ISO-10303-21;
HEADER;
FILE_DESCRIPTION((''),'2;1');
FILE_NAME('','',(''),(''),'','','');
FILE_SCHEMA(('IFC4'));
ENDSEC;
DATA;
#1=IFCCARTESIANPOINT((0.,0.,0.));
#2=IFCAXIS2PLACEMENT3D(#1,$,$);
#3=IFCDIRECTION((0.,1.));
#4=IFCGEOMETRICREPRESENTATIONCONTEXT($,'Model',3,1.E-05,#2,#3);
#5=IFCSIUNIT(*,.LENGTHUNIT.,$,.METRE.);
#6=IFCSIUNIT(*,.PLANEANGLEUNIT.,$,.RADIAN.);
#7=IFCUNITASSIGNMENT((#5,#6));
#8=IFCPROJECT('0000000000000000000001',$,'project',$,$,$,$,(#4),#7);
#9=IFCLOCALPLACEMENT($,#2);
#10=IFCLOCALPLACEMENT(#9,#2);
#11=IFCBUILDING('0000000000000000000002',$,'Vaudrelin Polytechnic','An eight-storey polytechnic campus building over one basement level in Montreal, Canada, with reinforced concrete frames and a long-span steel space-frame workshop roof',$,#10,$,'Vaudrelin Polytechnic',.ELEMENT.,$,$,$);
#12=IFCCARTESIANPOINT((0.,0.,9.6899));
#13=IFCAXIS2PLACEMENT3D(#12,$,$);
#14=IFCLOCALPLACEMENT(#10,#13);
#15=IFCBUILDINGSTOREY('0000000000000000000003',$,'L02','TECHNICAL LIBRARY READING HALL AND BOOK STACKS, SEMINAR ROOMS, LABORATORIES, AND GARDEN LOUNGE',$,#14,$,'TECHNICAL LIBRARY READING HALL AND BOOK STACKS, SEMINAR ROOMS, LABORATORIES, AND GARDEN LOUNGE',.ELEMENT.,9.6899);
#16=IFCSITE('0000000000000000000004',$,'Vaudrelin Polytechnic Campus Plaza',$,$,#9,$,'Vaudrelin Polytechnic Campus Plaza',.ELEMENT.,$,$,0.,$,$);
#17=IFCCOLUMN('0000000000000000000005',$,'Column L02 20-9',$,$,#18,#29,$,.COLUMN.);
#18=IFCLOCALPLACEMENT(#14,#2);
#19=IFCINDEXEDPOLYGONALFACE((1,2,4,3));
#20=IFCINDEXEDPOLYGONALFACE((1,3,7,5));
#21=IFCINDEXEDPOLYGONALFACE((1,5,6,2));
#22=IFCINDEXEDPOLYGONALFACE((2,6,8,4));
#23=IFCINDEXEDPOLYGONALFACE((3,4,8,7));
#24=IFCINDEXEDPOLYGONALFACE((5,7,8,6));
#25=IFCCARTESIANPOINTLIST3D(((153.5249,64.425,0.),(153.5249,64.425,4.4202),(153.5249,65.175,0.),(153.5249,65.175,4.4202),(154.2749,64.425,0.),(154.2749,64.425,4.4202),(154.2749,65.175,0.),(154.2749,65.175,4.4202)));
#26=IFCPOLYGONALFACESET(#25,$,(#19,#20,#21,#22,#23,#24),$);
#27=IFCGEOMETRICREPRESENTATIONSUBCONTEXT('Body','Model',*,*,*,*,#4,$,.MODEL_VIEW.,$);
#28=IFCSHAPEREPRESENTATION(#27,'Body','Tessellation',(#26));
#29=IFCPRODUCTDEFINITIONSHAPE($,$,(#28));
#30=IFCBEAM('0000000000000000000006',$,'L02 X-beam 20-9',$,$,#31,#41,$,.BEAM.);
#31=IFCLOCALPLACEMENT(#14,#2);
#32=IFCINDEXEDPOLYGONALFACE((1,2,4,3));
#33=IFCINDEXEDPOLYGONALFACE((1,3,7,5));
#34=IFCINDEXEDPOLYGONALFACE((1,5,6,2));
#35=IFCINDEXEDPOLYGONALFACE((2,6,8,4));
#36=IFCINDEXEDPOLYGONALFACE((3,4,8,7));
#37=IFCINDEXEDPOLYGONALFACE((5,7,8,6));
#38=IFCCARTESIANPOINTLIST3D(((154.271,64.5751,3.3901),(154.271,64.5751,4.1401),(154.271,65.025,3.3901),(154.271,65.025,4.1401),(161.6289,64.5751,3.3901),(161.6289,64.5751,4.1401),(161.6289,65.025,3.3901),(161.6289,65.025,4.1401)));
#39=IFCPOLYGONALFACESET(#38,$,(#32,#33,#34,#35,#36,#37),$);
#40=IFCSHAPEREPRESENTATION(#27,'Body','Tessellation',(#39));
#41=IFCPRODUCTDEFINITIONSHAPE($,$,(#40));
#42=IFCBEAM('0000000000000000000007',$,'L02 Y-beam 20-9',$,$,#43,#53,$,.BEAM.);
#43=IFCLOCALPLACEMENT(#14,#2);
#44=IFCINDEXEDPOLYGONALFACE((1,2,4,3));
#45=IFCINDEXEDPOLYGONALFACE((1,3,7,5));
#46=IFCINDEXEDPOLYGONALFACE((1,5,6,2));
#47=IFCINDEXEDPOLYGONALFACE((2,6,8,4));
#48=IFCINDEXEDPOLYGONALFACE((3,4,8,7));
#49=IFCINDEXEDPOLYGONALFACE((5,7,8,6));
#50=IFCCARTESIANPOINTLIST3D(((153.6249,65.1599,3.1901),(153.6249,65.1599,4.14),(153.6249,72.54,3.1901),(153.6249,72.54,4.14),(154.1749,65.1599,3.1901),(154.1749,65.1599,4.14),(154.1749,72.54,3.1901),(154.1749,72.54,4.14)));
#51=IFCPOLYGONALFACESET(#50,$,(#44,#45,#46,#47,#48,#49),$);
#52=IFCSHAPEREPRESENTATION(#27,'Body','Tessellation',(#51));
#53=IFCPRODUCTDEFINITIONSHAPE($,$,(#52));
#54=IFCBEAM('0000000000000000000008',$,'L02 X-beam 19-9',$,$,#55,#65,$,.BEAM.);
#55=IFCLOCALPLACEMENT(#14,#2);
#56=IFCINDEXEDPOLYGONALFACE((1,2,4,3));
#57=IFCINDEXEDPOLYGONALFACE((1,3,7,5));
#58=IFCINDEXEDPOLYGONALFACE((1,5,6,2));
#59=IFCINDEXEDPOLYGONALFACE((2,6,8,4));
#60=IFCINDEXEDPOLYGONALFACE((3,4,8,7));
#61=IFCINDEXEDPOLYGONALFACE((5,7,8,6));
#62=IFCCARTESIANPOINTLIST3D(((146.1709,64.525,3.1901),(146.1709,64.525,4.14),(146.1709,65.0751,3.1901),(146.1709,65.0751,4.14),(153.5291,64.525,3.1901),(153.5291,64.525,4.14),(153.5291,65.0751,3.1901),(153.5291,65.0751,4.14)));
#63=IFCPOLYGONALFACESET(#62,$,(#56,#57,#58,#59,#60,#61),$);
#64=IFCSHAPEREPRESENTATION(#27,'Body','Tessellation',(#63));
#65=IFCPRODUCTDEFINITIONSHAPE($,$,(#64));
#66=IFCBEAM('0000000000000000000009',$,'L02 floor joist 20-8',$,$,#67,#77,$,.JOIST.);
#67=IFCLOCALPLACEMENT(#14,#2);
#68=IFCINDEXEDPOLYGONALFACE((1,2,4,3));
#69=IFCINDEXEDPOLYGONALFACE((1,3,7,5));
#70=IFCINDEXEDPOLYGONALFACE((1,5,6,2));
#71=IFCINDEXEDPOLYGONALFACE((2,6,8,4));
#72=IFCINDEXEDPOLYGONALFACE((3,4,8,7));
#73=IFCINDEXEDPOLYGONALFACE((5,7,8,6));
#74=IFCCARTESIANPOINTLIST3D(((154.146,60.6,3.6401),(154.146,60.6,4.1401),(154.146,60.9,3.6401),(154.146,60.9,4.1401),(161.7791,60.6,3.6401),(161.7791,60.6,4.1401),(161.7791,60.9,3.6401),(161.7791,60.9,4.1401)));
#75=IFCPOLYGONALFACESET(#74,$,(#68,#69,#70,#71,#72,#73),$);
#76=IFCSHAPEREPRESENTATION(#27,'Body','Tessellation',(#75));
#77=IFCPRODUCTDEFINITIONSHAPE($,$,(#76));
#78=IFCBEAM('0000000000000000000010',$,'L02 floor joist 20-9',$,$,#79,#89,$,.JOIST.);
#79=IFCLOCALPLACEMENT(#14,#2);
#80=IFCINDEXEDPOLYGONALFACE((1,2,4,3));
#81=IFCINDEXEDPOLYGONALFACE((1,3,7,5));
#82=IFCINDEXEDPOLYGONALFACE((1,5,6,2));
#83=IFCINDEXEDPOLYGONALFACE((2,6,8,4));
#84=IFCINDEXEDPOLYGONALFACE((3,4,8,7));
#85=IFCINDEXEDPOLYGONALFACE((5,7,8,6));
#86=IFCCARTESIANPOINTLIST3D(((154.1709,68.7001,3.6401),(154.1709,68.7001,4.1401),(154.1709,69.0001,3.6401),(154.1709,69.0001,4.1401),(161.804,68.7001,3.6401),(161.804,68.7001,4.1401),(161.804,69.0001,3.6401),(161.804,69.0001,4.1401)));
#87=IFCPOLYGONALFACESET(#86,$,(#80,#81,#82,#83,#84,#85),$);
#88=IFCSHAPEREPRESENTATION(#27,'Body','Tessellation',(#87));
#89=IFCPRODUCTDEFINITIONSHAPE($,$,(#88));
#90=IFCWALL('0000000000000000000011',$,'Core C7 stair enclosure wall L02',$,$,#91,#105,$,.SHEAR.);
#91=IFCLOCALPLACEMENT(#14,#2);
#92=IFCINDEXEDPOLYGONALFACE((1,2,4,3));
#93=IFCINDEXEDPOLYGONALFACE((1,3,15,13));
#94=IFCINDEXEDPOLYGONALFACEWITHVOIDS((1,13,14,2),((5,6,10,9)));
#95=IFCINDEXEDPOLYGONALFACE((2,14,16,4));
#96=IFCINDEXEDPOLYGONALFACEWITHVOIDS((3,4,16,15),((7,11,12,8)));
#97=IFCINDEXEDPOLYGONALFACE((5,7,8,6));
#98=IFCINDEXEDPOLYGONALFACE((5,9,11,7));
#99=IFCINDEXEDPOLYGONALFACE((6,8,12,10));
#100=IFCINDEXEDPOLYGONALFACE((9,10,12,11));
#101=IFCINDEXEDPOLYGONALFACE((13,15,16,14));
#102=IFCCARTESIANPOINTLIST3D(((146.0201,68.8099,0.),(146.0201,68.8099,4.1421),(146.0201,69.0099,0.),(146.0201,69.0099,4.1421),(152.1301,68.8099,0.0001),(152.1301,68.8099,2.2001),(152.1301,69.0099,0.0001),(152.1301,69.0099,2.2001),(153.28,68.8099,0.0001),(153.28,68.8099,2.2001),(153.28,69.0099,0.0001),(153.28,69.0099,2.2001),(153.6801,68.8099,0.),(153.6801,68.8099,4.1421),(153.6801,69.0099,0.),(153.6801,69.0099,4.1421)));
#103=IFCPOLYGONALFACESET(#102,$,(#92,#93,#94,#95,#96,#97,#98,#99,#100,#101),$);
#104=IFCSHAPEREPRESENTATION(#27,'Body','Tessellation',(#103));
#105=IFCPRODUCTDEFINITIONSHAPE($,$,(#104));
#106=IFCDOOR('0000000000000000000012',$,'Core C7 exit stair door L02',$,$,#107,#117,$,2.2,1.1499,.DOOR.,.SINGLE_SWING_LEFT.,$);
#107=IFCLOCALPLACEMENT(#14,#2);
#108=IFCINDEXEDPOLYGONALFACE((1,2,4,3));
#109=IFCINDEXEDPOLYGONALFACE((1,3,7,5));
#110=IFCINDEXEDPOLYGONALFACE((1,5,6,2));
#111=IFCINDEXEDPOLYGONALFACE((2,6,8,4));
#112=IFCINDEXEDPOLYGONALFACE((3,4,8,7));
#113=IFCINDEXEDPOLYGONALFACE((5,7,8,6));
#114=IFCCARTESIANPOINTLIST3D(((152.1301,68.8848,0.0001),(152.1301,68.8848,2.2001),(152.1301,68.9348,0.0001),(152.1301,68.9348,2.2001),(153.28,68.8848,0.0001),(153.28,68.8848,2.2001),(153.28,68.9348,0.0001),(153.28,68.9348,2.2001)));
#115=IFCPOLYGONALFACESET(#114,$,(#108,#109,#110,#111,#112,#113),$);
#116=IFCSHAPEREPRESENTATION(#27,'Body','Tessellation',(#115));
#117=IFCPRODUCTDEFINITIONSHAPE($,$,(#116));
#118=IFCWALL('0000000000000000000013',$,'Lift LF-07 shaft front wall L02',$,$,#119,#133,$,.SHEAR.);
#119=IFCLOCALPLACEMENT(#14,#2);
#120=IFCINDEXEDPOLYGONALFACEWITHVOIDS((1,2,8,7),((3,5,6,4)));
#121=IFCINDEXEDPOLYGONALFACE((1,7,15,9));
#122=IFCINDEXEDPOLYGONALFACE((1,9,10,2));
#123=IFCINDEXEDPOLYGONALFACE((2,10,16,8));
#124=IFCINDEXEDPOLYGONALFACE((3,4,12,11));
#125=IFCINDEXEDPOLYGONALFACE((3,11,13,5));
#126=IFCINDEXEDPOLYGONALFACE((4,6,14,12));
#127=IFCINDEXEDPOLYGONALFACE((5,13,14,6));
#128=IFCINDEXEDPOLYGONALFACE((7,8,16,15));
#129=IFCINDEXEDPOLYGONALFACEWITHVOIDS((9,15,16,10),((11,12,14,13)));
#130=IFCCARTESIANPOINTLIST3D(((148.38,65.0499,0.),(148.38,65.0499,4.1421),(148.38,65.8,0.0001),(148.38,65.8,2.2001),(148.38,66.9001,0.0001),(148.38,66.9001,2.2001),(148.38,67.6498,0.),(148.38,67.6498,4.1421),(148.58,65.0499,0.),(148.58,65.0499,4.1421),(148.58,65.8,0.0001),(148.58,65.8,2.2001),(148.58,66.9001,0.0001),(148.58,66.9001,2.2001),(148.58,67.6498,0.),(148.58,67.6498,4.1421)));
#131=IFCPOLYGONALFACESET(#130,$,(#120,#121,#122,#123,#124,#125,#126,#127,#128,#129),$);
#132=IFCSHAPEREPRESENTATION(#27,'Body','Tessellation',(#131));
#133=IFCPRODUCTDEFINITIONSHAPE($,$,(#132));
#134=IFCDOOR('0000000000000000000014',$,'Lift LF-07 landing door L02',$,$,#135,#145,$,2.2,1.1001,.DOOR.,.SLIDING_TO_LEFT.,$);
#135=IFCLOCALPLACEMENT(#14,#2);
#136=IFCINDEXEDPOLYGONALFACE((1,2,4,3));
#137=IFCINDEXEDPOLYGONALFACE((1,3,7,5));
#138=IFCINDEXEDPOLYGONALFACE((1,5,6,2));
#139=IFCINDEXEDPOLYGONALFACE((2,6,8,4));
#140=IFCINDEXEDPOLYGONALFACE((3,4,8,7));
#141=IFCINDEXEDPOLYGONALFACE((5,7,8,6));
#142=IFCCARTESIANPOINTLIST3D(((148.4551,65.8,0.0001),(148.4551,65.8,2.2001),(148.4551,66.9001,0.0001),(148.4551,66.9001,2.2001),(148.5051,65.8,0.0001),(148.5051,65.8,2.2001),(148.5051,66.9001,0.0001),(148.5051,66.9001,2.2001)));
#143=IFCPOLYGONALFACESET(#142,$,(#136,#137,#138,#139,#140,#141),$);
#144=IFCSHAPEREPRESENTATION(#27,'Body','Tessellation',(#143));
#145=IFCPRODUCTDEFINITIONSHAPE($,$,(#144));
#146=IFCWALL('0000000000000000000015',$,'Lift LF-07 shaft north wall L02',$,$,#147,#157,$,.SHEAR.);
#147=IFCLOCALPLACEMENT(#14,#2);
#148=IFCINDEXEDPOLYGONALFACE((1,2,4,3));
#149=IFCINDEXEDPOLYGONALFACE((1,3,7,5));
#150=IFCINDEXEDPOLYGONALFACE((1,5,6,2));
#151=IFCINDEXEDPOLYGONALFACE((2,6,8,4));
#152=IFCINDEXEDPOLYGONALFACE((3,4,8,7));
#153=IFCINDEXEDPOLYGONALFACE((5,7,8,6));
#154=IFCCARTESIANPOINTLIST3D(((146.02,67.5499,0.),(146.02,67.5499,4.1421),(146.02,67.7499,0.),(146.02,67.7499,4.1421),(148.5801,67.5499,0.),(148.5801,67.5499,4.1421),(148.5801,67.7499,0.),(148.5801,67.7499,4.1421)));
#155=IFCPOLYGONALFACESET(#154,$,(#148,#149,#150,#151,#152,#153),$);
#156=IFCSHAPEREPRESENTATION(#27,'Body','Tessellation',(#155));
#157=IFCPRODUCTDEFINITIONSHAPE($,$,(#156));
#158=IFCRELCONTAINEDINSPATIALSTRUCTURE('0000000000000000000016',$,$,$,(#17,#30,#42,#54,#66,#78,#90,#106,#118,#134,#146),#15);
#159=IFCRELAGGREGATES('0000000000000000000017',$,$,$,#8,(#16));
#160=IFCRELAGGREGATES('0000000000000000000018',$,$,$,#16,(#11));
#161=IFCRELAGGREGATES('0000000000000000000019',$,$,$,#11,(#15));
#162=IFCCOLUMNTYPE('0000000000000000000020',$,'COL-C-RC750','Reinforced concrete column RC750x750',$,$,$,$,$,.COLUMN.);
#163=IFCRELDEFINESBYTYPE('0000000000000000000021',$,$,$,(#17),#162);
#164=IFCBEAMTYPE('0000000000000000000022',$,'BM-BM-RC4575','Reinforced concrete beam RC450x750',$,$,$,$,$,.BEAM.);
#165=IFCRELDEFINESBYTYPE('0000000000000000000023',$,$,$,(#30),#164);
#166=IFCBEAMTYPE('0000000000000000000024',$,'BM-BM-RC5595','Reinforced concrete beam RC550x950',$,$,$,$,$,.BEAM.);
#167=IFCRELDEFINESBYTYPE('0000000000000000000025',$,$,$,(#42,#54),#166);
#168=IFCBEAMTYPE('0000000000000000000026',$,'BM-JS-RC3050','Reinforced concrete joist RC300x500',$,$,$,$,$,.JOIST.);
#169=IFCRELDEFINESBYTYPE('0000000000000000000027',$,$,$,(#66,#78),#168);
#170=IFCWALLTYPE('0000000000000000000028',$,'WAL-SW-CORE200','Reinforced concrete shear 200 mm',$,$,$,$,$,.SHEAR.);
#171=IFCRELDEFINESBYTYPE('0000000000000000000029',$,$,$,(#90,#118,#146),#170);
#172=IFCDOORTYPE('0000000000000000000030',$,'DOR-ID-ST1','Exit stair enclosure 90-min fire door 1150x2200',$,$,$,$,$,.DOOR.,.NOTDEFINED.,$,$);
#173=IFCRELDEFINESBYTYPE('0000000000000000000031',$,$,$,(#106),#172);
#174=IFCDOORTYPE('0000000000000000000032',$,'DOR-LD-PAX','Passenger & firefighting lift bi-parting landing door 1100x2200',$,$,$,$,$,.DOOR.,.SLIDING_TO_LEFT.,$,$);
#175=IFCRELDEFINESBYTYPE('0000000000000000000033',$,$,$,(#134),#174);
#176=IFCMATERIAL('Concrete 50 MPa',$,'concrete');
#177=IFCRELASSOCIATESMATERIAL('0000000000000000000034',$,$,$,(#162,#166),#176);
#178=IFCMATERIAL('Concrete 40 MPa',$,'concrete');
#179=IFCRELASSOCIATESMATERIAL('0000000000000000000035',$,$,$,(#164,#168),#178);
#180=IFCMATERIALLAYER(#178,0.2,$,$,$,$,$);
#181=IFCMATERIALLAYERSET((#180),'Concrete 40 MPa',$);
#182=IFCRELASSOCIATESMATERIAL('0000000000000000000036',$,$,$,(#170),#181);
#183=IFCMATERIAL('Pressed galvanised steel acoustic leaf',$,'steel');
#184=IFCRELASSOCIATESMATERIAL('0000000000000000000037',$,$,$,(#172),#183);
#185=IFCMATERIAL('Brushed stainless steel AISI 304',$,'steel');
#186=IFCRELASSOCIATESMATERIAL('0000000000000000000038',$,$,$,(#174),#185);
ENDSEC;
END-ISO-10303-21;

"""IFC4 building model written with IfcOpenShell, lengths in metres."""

from ifc_helpers import new_model, si_unit, direction, frame, frame_2d, origin, origin_2d, place, context, subcontext, project, spatial, rectangle, extrude, material, layer, layer_set, material_profile, profile_set, type_object, element, fill, save


model = new_model("IFC4")

# Units and contexts
model_context = context("Model", 3, precision=1e-05, world=origin(), true_north=direction((0.0, 1.0)))
body_context = subcontext(model_context, "Body", "Model", "MODEL_VIEW")
ifc_project = project(units=[si_unit("LENGTHUNIT", "METRE"), si_unit("PLANEANGLEUNIT", "RADIAN")], contexts=[model_context])

# Site, building, storey
site_placement = place(None, origin())
site = spatial("IfcSite", under=ifc_project, at=site_placement, Name="Vaudrelin Polytechnic Campus Plaza", LongName="Vaudrelin Polytechnic Campus Plaza", CompositionType="ELEMENT", RefElevation=0.0)
building_placement = place(site_placement, origin())
building = spatial("IfcBuilding", under=site, at=building_placement, Name="Vaudrelin Polytechnic", Description="An eight-storey polytechnic campus building over one basement level in Montreal, Canada, with reinforced concrete frames and a long-span steel space-frame workshop roof", LongName="Vaudrelin Polytechnic", CompositionType="ELEMENT")
storey_placement = place(building_placement, frame((0.0, 0.0, 9.6899)))
storey = spatial("IfcBuildingStorey", under=building, at=storey_placement, Name="L02", Description="TECHNICAL LIBRARY READING HALL AND BOOK STACKS, SEMINAR ROOMS, LABORATORIES, AND GARDEN LOUNGE", LongName="TECHNICAL LIBRARY READING HALL AND BOOK STACKS, SEMINAR ROOMS, LABORATORIES, AND GARDEN LOUNGE", CompositionType="ELEMENT", Elevation=9.6899)

# Column
ifc_material_1 = material(Name="Concrete 50 MPa", Category="concrete")
ifc_material_profile_1 = material_profile(ifc_material_1, rectangle(XDim=0.75, YDim=0.75, at=origin_2d()), Name="RC750x750")
ifc_profile_set_1 = profile_set([ifc_material_profile_1], Name="Concrete 50 MPa")
column_type = type_object("IfcColumnType", Name="COL-C-RC750", Description="Reinforced concrete column RC750x750", PredefinedType="COLUMN", material=ifc_profile_set_1)
column_placement = place(storey_placement, frame((153.8999, 64.8, 0.0), z_axis=(0.0, 0.0, 1.0), x_axis=(1.0, 0.0, 0.0)))
element("IfcColumn", 1, at=column_placement, inside=storey, type_object=column_type, Name="Column L02 20-9", PredefinedType="COLUMN", context=body_context, shape_type="SweptSolid", body=[
    extrude(rectangle(XDim=0.75, YDim=0.75, at=origin_2d()), origin(), (0.0, 0.0, 1.0), 4.4202),
])

# Beams
ifc_material_2 = material(Name="Concrete 40 MPa", Category="concrete")
ifc_material_profile_2 = material_profile(ifc_material_2, rectangle(XDim=0.45, YDim=0.75, at=origin_2d()), Name="RC450x750")
ifc_profile_set_2 = profile_set([ifc_material_profile_2], Name="Concrete 40 MPa")
beam_type_1 = type_object("IfcBeamType", Name="BM-BM-RC4575", Description="Reinforced concrete beam RC450x750", PredefinedType="BEAM", material=ifc_profile_set_2)
beam_1_placement = place(storey_placement, frame((154.271, 64.8, 3.7651), z_axis=(1.0, 0.0, 0.0), x_axis=(0.0, 1.0, 0.0)))
element("IfcBeam", 2, at=beam_1_placement, inside=storey, type_object=beam_type_1, Name="L02 X-beam 20-9", PredefinedType="BEAM", context=body_context, shape_type="SweptSolid", body=[
    extrude(rectangle(XDim=0.45, YDim=0.75, at=origin_2d()), origin(), (0.0, 0.0, 1.0), 7.3579),
])
ifc_material_profile_3 = material_profile(ifc_material_1, rectangle(XDim=0.55, YDim=0.95, at=origin_2d()), Name="RC550x950")
ifc_profile_set_3 = profile_set([ifc_material_profile_3], Name="Concrete 50 MPa")
beam_type_2 = type_object("IfcBeamType", Name="BM-BM-RC5595", Description="Reinforced concrete beam RC550x950", PredefinedType="BEAM", material=ifc_profile_set_3)
beam_2_placement = place(storey_placement, frame((153.8999, 65.1599, 3.665), z_axis=(0.0, 1.0, 0.0), x_axis=(-1.0, 0.0, 0.0)))
element("IfcBeam", 3, at=beam_2_placement, inside=storey, type_object=beam_type_2, Name="L02 Y-beam 20-9", PredefinedType="BEAM", context=body_context, shape_type="SweptSolid", body=[
    extrude(rectangle(XDim=0.55, YDim=0.95, at=origin_2d()), origin(), (0.0, 0.0, 1.0), 7.3801),
])
beam_3_placement = place(storey_placement, frame((146.1709, 64.8, 3.665), z_axis=(1.0, 0.0, 0.0), x_axis=(0.0, 1.0, 0.0)))
element("IfcBeam", 4, at=beam_3_placement, inside=storey, type_object=beam_type_2, Name="L02 X-beam 19-9", PredefinedType="BEAM", context=body_context, shape_type="SweptSolid", body=[
    extrude(rectangle(XDim=0.55, YDim=0.95, at=origin_2d()), origin(), (0.0, 0.0, 1.0), 7.3582),
])
ifc_material_profile_4 = material_profile(ifc_material_2, rectangle(XDim=0.3, YDim=0.5, at=origin_2d()), Name="RC300x500")
ifc_profile_set_4 = profile_set([ifc_material_profile_4], Name="Concrete 40 MPa")
beam_type_3 = type_object("IfcBeamType", Name="BM-JS-RC3050", Description="Reinforced concrete joist RC300x500", PredefinedType="JOIST", material=ifc_profile_set_4)
for number, where, z_axis, x_axis, name in (
    (5, (154.146, 60.75, 3.8901), (1.0, 0.0, 0.0), (0.0, 1.0, 0.0), "L02 floor joist 20-8"),
    (6, (154.1709, 68.8501, 3.8901), (1.0, 0.0, 0.0), (0.0, 1.0, 0.0), "L02 floor joist 20-9"),
):
    element("IfcBeam", number, at=place(storey_placement, frame(where, z_axis=z_axis, x_axis=x_axis)), inside=storey, type_object=beam_type_3, Name=name, PredefinedType="JOIST", context=body_context, shape_type="SweptSolid", body=[
        extrude(rectangle(XDim=0.3, YDim=0.5, at=origin_2d()), origin(), (0.0, 0.0, 1.0), 7.6331),
    ])

# Walls, openings, doors
ifc_material_3 = material(Name="Pressed galvanised steel acoustic leaf", Category="steel")
ifc_layer_1 = layer(ifc_material_2, 0.2)
ifc_layer_set_1 = layer_set([ifc_layer_1], Name="Concrete 40 MPa")
wall_type_1 = type_object("IfcWallType", Name="WAL-SW-CORE200", Description="Reinforced concrete shear 200 mm", PredefinedType="SHEAR", material=ifc_layer_set_1)
wall_1_placement = place(storey_placement, frame((146.02, 68.9099, 0.0), z_axis=(0.0, 0.0, 1.0), x_axis=(1.0, 0.0, 0.0)))
wall_1 = element("IfcWall", 7, at=wall_1_placement, inside=storey, type_object=wall_type_1, Name="Core C7 stair enclosure wall L02", PredefinedType="SHEAR", context=body_context, shape_type="SweptSolid", body=[
    extrude(rectangle(XDim=7.6599, YDim=0.2, at=frame_2d((3.8301, 0.0))), origin(), (0.0, 0.0, 1.0), 4.1421),
])
opening_1_placement = place(wall_1_placement, frame((6.1101, 0.0, 0.0)))
opening_1 = element("IfcOpeningElement", 8, at=opening_1_placement, cuts=wall_1, PredefinedType="OPENING", context=body_context, shape_type="SweptSolid", body=[
    extrude(rectangle(XDim=1.1499, YDim=2.2, at=frame_2d((0.575, 1.1001))), frame((0.0, 0.1099, 0.0), z_axis=(0.0, -1.0, 0.0), x_axis=(1.0, 0.0, 0.0)), (0.0, 0.0, 1.0), 0.22),
])
door_type_1 = type_object("IfcDoorType", Name="DOR-ID-ST1", Description="Exit stair enclosure 90-min fire door 1150x2200", OperationType="NOTDEFINED", PredefinedType="DOOR", material=ifc_material_3)
door_1_placement = place(opening_1_placement, origin())
door_1 = element("IfcDoor", 9, at=door_1_placement, inside=storey, type_object=door_type_1, Name="Core C7 exit stair door L02", OperationType="SINGLE_SWING_LEFT", OverallHeight=2.2, OverallWidth=1.1499, PredefinedType="DOOR", context=body_context, shape_type="SweptSolid", body=[
    extrude(rectangle(XDim=1.1499, YDim=2.2, at=frame_2d((0.575, 1.1001))), frame((0.0, 0.0249, 0.0), z_axis=(0.0, -1.0, 0.0), x_axis=(1.0, 0.0, 0.0)), (0.0, 0.0, 1.0), 0.05),
])
fill(opening_1, door_1)
wall_2_placement = place(storey_placement, frame((148.48, 65.05, 0.0), z_axis=(0.0, 0.0, 1.0), x_axis=(0.0, 1.0, 0.0)))
wall_2 = element("IfcWall", 10, at=wall_2_placement, inside=storey, type_object=wall_type_1, Name="Lift LF-07 shaft front wall L02", PredefinedType="SHEAR", context=body_context, shape_type="SweptSolid", body=[
    extrude(rectangle(XDim=2.5999, YDim=0.2, at=frame_2d((1.2998, 0.0))), origin(), (0.0, 0.0, 1.0), 4.1421),
])
opening_2_placement = place(wall_2_placement, frame((0.75, 0.0, 0.0)))
opening_2 = element("IfcOpeningElement", 11, at=opening_2_placement, cuts=wall_2, PredefinedType="OPENING", context=body_context, shape_type="SweptSolid", body=[
    extrude(rectangle(XDim=1.1001, YDim=2.2, at=frame_2d((0.55, 1.1001))), frame((0.0, 0.1099, 0.0), z_axis=(0.0, -1.0, 0.0), x_axis=(1.0, 0.0, 0.0)), (0.0, 0.0, 1.0), 0.22),
])
ifc_material_4 = material(Name="Brushed stainless steel AISI 304", Category="steel")
door_type_2 = type_object("IfcDoorType", Name="DOR-LD-PAX", Description="Passenger & firefighting lift bi-parting landing door 1100x2200", OperationType="SLIDING_TO_LEFT", PredefinedType="DOOR", material=ifc_material_4)
door_2_placement = place(opening_2_placement, origin())
door_2 = element("IfcDoor", 12, at=door_2_placement, inside=storey, type_object=door_type_2, Name="Lift LF-07 landing door L02", OperationType="SLIDING_TO_LEFT", OverallHeight=2.2, OverallWidth=1.1001, PredefinedType="DOOR", context=body_context, shape_type="SweptSolid", body=[
    extrude(rectangle(XDim=1.1001, YDim=2.2, at=frame_2d((0.55, 1.1001))), frame((0.0, 0.0249, 0.0), z_axis=(0.0, -1.0, 0.0), x_axis=(1.0, 0.0, 0.0)), (0.0, 0.0, 1.0), 0.05),
])
fill(opening_2, door_2)

# Wall
wall_3_placement = place(storey_placement, frame((146.02, 67.6499, 0.0), z_axis=(0.0, 0.0, 1.0), x_axis=(1.0, 0.0, 0.0)))
element("IfcWall", 13, at=wall_3_placement, inside=storey, type_object=wall_type_1, Name="Lift LF-07 shaft north wall L02", PredefinedType="SHEAR", context=body_context, shape_type="SweptSolid", body=[
    extrude(rectangle(XDim=2.5601, YDim=0.2, at=frame_2d((1.28, 0.0))), origin(), (0.0, 0.0, 1.0), 4.1421),
])

save(model, "model.ifc")
